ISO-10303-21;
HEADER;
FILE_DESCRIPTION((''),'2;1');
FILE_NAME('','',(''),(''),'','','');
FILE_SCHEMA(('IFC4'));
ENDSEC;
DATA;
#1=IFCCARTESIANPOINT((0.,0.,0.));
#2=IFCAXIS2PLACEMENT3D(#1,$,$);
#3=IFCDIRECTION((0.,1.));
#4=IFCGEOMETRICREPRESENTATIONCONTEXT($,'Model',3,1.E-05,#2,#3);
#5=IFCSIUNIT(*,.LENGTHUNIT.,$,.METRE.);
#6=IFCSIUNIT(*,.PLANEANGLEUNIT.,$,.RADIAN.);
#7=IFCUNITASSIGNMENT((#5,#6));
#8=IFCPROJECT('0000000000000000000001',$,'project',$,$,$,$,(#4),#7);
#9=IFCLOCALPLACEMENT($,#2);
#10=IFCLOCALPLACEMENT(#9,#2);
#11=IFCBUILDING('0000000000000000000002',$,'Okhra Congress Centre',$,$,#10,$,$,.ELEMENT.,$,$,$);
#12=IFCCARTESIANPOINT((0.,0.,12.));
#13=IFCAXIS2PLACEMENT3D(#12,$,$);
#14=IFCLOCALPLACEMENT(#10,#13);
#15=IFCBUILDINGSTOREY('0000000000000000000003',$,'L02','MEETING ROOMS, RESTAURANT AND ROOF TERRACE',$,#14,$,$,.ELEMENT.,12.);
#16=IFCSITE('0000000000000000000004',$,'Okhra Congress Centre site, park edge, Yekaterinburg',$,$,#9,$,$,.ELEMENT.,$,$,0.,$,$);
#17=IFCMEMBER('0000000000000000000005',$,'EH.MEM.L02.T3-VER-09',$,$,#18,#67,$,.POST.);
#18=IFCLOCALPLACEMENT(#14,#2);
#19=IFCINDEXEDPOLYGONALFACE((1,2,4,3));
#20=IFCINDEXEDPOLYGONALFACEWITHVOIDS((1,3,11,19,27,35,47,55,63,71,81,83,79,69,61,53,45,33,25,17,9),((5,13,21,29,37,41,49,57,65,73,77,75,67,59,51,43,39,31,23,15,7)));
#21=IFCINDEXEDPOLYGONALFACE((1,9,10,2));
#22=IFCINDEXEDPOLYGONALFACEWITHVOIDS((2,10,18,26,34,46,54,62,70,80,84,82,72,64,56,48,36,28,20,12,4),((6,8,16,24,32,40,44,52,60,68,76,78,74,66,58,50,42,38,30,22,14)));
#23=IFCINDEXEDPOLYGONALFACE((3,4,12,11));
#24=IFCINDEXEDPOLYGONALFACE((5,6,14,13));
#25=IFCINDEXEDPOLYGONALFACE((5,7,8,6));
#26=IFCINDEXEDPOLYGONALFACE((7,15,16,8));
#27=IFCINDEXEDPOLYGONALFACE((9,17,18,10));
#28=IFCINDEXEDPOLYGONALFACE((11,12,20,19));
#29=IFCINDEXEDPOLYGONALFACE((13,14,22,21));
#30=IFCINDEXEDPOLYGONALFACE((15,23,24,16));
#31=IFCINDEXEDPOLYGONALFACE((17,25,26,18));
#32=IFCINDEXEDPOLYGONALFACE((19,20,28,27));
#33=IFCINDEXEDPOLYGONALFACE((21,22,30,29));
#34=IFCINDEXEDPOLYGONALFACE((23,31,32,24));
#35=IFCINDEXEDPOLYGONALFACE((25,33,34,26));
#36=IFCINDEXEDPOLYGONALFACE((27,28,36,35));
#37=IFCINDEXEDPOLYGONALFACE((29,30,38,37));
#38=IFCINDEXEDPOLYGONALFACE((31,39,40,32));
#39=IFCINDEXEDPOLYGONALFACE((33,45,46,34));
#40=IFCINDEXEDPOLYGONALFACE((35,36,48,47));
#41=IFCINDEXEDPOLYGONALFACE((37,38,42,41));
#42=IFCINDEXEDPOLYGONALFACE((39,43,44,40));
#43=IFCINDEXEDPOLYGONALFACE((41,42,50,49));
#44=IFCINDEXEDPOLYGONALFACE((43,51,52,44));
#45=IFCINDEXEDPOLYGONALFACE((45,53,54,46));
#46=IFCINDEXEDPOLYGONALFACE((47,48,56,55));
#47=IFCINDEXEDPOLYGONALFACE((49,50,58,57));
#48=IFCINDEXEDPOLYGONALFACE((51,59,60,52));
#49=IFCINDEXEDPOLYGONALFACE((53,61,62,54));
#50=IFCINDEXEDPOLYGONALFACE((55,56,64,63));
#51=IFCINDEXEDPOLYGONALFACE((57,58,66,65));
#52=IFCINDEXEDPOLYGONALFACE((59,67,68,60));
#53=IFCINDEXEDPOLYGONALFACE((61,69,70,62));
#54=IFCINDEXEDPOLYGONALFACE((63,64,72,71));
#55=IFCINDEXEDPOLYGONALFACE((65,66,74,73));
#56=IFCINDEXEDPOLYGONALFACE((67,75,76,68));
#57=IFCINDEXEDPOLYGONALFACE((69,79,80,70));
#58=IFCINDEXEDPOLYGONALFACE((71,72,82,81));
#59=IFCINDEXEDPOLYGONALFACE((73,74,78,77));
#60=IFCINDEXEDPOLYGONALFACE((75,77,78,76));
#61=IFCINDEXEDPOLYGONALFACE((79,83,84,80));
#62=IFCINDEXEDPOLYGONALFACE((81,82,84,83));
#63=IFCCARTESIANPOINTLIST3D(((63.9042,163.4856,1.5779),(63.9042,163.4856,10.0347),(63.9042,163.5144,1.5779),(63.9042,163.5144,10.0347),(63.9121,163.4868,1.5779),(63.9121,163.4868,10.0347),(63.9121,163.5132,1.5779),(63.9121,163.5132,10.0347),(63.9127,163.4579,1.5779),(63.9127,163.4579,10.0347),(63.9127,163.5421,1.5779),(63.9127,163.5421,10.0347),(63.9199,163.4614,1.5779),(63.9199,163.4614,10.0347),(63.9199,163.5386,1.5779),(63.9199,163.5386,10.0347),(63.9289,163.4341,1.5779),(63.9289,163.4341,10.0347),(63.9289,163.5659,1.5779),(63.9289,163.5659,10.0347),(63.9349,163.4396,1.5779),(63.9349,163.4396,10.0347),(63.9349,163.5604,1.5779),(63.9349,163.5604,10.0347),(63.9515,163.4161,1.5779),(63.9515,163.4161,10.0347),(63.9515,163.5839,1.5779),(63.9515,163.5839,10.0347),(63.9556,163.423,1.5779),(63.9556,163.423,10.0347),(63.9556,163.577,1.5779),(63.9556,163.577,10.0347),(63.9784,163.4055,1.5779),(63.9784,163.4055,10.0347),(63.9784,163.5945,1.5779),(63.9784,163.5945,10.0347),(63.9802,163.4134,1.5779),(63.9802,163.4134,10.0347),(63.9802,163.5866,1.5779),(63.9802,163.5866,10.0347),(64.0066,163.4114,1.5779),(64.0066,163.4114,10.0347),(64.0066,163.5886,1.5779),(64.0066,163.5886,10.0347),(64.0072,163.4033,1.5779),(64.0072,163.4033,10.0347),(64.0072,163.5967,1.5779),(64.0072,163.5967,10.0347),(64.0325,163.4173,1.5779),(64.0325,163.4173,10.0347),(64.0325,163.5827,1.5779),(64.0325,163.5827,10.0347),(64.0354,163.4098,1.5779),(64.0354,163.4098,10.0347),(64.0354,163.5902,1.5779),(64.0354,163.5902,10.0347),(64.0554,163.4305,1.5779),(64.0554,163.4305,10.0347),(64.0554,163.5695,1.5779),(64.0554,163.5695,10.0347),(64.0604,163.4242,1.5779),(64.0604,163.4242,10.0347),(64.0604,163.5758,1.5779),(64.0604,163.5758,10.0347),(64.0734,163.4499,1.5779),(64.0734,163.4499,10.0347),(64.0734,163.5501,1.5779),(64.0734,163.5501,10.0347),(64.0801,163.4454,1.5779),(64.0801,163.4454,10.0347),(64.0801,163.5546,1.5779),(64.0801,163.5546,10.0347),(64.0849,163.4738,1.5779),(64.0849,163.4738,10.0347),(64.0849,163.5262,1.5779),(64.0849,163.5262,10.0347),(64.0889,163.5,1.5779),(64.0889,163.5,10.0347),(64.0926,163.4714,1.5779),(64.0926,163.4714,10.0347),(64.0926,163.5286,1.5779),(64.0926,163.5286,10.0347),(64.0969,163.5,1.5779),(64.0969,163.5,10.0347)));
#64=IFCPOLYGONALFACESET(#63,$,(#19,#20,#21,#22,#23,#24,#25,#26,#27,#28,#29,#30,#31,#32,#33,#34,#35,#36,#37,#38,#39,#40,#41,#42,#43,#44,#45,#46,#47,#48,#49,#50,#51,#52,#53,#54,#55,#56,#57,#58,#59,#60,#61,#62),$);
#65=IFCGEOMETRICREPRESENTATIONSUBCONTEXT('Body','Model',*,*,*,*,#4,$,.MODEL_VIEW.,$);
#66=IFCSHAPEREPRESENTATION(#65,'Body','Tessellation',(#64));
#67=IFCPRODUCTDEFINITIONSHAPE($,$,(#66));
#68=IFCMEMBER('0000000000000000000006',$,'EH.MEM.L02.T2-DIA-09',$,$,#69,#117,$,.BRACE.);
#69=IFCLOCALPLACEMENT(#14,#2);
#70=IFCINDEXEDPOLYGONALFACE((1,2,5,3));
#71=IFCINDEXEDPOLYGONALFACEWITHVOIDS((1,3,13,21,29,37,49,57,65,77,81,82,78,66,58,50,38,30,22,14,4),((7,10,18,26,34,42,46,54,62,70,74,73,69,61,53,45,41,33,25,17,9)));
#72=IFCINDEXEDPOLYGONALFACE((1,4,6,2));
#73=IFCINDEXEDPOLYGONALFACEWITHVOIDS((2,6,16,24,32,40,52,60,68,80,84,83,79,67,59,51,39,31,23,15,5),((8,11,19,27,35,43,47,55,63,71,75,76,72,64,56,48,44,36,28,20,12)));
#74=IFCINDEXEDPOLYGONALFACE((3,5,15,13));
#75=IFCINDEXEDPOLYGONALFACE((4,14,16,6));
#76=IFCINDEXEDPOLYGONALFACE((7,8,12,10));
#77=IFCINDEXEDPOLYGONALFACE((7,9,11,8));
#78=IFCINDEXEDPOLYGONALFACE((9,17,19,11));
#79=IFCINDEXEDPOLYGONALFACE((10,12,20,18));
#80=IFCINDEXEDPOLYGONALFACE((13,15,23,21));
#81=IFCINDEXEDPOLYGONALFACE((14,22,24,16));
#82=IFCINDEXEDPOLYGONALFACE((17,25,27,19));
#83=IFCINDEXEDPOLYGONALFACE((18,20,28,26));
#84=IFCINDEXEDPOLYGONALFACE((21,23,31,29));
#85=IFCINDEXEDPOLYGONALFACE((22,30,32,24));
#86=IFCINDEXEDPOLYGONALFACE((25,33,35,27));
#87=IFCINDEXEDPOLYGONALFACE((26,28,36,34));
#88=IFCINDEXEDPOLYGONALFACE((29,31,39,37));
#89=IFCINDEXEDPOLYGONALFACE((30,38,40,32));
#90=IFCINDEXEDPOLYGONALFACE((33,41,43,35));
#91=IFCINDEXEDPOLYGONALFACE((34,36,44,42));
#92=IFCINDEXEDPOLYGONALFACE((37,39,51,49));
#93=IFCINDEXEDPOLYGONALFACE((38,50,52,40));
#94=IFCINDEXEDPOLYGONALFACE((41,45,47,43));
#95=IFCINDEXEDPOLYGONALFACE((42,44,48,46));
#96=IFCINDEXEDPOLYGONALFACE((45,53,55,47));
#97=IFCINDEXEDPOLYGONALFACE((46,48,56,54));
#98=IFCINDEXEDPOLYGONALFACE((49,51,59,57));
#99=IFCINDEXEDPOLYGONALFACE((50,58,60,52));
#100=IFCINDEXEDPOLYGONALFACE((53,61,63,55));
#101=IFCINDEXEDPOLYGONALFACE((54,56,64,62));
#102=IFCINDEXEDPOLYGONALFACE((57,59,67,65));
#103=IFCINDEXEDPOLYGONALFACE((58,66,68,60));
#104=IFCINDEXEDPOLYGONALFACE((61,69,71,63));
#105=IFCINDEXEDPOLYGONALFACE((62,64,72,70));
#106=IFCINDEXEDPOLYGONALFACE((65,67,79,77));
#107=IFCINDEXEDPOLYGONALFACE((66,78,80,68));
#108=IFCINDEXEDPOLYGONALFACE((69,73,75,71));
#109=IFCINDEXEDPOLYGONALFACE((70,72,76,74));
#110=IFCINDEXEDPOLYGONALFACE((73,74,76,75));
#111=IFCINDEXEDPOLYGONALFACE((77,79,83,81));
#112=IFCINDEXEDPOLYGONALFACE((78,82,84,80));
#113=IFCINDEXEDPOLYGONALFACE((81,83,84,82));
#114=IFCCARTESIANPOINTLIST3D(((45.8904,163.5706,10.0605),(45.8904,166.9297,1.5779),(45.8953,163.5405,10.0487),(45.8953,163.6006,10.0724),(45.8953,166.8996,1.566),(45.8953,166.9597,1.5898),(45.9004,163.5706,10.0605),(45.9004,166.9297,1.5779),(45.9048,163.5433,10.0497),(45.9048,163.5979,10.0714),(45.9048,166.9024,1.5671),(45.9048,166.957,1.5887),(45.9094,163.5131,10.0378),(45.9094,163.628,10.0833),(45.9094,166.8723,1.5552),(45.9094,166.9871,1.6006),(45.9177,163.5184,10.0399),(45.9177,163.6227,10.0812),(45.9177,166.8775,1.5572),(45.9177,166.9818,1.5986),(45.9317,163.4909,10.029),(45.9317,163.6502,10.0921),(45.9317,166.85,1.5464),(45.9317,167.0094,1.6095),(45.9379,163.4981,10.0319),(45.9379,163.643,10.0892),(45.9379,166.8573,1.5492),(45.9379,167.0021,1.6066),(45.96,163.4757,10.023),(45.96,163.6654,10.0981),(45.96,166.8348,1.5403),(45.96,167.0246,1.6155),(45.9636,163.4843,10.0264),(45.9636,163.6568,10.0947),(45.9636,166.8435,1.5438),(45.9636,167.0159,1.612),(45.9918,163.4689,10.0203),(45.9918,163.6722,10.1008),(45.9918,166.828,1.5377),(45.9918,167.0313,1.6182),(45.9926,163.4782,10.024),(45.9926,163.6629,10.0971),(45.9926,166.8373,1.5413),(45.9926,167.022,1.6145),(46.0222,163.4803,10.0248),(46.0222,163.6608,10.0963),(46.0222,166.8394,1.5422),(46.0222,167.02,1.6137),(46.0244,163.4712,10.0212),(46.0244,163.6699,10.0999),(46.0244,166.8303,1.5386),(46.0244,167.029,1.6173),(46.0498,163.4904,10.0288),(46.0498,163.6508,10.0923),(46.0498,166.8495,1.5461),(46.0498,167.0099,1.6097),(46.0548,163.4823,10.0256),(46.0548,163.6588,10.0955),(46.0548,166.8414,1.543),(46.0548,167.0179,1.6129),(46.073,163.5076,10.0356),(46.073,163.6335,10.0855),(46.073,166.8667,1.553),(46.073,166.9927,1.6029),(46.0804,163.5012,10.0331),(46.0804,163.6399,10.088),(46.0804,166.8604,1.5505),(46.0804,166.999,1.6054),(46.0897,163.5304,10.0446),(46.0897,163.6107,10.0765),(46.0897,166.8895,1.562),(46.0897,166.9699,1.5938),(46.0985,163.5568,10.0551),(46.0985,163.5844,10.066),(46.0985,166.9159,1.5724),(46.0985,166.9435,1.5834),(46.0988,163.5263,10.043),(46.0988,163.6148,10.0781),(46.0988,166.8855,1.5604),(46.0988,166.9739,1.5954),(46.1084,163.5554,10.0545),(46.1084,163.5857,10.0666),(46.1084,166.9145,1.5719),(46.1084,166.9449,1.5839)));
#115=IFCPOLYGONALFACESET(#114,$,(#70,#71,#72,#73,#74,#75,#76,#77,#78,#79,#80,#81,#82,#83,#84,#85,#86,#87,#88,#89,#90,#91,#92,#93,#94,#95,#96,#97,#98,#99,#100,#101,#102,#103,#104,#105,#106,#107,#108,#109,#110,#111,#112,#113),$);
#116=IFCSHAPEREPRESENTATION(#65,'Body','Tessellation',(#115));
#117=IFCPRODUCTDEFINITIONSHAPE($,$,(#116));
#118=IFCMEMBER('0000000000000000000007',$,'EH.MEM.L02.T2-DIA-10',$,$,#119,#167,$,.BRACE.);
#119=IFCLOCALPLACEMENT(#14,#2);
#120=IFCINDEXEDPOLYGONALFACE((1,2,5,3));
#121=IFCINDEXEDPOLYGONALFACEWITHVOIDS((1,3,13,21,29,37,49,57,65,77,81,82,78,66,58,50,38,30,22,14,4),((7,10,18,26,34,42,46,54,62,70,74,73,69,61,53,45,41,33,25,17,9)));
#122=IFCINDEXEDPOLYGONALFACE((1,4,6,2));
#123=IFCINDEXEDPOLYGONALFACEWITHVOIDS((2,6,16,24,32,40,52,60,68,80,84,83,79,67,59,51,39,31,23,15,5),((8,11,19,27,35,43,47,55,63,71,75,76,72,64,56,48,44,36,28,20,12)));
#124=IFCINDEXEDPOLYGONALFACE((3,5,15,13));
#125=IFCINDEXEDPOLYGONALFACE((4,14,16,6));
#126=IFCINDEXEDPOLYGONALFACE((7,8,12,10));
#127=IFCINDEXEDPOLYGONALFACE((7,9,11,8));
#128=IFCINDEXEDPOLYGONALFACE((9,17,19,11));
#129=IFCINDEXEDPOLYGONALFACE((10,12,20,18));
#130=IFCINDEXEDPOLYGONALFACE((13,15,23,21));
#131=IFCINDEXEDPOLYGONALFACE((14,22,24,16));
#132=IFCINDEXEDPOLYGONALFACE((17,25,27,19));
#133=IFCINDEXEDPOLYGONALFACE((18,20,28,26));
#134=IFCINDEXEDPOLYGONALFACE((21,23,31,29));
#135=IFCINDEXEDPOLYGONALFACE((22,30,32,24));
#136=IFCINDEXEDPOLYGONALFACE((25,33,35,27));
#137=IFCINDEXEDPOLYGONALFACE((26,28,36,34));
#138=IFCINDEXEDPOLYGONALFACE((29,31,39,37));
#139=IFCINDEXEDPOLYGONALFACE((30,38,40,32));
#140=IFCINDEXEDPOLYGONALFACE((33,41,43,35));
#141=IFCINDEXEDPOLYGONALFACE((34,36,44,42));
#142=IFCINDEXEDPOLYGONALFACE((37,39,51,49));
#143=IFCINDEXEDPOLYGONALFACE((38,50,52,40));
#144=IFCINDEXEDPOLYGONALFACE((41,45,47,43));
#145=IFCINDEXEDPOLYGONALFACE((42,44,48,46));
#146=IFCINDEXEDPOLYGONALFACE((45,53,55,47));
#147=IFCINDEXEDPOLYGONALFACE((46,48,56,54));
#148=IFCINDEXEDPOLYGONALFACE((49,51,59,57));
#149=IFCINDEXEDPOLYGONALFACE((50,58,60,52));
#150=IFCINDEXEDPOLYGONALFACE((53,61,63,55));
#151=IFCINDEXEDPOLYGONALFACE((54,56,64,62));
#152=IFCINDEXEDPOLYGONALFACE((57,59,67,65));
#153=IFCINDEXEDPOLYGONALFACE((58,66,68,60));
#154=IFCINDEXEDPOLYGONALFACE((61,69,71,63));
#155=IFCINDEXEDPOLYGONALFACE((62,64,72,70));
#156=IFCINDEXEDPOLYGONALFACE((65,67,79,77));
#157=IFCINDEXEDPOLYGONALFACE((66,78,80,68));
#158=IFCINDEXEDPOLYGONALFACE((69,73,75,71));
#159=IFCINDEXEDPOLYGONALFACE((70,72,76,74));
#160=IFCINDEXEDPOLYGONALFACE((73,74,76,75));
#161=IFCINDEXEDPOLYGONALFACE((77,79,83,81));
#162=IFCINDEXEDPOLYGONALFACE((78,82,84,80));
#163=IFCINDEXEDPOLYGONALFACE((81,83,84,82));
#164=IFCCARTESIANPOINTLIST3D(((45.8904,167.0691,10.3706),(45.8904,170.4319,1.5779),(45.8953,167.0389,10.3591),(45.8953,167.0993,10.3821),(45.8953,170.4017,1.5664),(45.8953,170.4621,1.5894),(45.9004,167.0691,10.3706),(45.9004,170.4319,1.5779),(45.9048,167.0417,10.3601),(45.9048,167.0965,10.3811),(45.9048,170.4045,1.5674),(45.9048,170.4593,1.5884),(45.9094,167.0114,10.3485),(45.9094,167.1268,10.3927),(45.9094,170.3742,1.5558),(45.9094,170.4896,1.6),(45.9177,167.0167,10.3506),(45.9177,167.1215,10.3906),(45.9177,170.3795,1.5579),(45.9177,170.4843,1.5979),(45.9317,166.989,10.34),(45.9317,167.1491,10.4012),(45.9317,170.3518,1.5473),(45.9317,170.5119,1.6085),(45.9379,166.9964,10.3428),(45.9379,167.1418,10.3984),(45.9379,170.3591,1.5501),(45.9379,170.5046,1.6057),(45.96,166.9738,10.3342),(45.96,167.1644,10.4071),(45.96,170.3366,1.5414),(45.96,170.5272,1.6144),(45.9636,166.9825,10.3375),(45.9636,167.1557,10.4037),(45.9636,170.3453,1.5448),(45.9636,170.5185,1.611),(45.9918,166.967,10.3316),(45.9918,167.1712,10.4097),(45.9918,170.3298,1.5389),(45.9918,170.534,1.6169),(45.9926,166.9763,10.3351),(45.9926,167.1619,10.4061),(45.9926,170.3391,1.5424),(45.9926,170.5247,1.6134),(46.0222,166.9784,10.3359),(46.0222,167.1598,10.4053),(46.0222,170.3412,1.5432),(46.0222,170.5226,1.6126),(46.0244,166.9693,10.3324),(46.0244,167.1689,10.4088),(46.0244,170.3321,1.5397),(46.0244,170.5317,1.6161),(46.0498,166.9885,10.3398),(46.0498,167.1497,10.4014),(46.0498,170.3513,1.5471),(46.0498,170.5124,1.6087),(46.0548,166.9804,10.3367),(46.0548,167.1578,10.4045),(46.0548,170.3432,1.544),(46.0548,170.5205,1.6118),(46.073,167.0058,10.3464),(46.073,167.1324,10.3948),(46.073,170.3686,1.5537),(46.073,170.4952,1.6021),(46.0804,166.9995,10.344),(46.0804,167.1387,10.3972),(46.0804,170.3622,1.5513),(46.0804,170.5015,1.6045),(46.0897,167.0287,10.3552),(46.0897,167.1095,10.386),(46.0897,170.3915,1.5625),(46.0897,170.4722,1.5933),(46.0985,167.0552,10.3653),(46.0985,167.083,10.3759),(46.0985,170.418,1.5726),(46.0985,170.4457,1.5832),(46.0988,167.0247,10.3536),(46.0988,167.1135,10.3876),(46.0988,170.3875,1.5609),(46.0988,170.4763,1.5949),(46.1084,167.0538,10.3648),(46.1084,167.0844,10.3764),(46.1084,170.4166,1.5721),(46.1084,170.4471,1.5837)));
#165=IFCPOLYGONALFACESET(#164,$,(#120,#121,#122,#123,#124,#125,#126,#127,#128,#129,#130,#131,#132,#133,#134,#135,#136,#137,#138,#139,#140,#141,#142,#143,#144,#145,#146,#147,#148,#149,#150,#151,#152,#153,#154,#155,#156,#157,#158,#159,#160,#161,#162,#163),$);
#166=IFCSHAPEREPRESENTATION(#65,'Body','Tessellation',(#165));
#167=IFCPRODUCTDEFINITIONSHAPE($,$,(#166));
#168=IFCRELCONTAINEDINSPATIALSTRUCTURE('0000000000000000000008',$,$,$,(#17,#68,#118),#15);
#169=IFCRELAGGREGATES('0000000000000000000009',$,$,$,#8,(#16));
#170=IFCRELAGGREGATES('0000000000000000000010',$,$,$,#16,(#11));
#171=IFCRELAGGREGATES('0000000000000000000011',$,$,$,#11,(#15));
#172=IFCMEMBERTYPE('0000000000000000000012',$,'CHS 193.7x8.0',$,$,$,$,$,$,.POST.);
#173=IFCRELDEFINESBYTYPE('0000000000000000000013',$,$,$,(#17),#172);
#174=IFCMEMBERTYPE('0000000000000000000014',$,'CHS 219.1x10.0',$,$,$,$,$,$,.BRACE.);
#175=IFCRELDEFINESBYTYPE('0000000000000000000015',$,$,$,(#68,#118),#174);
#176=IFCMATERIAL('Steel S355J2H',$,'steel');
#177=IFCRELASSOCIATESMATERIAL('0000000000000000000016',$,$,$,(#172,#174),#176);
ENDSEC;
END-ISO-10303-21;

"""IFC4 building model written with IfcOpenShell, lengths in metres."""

from ifc_helpers import new_model, si_unit, direction, frame, origin, origin_2d, place, context, subcontext, project, spatial, hollow_circle, extrude, material, material_profile, profile_set, type_object, element, save


model = new_model("IFC4")

# Units and contexts
model_context = context("Model", 3, precision=1e-05, world=origin(), true_north=direction((0.0, 1.0)))
body_context = subcontext(model_context, "Body", "Model", "MODEL_VIEW")
ifc_project = project(units=[si_unit("LENGTHUNIT", "METRE"), si_unit("PLANEANGLEUNIT", "RADIAN")], contexts=[model_context])

# Site, building, storey
site_placement = place(None, origin())
site = spatial("IfcSite", under=ifc_project, at=site_placement, Name="Okhra Congress Centre site, park edge, Yekaterinburg", CompositionType="ELEMENT", RefElevation=0.0)
building_placement = place(site_placement, origin())
building = spatial("IfcBuilding", under=site, at=building_placement, Name="Okhra Congress Centre", CompositionType="ELEMENT")
storey_placement = place(building_placement, frame((0.0, 0.0, 12.0)))
storey = spatial("IfcBuildingStorey", under=building, at=storey_placement, Name="L02", Description="MEETING ROOMS, RESTAURANT AND ROOF TERRACE", CompositionType="ELEMENT", Elevation=12.0)

# Members
ifc_material_1 = material(Name="Steel S355J2H", Category="steel")
ifc_material_profile_1 = material_profile(ifc_material_1, hollow_circle(Radius=0.0969, WallThickness=0.0081, at=origin_2d()), Name="CHS 193.7x8.0")
ifc_profile_set_1 = profile_set([ifc_material_profile_1], Name="Steel S355J2H")
member_type_1 = type_object("IfcMemberType", Name="CHS 193.7x8.0", PredefinedType="POST", material=ifc_profile_set_1)
member_1_placement = place(storey_placement, frame((64.0, 163.5, 1.5779), z_axis=(0.0, 0.0, 1.0), x_axis=(1.0, 0.0, 0.0)))
element("IfcMember", 1, at=member_1_placement, inside=storey, type_object=member_type_1, Name="EH.MEM.L02.T3-VER-09", PredefinedType="POST", context=body_context, shape_type="SweptSolid", body=[
    extrude(hollow_circle(Radius=0.0969, WallThickness=0.0081, at=origin_2d()), origin(), (0.0, 0.0, 1.0), 8.4568),
])
ifc_material_profile_2 = material_profile(ifc_material_1, hollow_circle(Radius=0.1096, WallThickness=0.01, at=origin_2d()), Name="CHS 219.1x10.0")
ifc_profile_set_2 = profile_set([ifc_material_profile_2], Name="Steel S355J2H")
member_type_2 = type_object("IfcMemberType", Name="CHS 219.1x10.0", PredefinedType="BRACE", material=ifc_profile_set_2)
member_2_placement = place(storey_placement, frame((46.0, 163.5706, 10.0605), z_axis=(0.0, 0.368182, -0.929754), x_axis=(-1.0, 0.0, 0.0)))
element("IfcMember", 2, at=member_2_placement, inside=storey, type_object=member_type_2, Name="EH.MEM.L02.T2-DIA-09", PredefinedType="BRACE", context=body_context, shape_type="SweptSolid", body=[
    extrude(hollow_circle(Radius=0.1096, WallThickness=0.01, at=origin_2d()), origin(), (0.0, 0.0, 1.0), 9.1235),
])
member_3_placement = place(storey_placement, frame((46.0, 167.0691, 10.3706), z_axis=(0.0, 0.357218, -0.934021), x_axis=(-1.0, 0.0, 0.0)))
element("IfcMember", 3, at=member_3_placement, inside=storey, type_object=member_type_2, Name="EH.MEM.L02.T2-DIA-10", PredefinedType="BRACE", context=body_context, shape_type="SweptSolid", body=[
    extrude(hollow_circle(Radius=0.1096, WallThickness=0.01, at=origin_2d()), origin(), (0.0, 0.0, 1.0), 9.4138),
])

save(model, "model.ifc")
